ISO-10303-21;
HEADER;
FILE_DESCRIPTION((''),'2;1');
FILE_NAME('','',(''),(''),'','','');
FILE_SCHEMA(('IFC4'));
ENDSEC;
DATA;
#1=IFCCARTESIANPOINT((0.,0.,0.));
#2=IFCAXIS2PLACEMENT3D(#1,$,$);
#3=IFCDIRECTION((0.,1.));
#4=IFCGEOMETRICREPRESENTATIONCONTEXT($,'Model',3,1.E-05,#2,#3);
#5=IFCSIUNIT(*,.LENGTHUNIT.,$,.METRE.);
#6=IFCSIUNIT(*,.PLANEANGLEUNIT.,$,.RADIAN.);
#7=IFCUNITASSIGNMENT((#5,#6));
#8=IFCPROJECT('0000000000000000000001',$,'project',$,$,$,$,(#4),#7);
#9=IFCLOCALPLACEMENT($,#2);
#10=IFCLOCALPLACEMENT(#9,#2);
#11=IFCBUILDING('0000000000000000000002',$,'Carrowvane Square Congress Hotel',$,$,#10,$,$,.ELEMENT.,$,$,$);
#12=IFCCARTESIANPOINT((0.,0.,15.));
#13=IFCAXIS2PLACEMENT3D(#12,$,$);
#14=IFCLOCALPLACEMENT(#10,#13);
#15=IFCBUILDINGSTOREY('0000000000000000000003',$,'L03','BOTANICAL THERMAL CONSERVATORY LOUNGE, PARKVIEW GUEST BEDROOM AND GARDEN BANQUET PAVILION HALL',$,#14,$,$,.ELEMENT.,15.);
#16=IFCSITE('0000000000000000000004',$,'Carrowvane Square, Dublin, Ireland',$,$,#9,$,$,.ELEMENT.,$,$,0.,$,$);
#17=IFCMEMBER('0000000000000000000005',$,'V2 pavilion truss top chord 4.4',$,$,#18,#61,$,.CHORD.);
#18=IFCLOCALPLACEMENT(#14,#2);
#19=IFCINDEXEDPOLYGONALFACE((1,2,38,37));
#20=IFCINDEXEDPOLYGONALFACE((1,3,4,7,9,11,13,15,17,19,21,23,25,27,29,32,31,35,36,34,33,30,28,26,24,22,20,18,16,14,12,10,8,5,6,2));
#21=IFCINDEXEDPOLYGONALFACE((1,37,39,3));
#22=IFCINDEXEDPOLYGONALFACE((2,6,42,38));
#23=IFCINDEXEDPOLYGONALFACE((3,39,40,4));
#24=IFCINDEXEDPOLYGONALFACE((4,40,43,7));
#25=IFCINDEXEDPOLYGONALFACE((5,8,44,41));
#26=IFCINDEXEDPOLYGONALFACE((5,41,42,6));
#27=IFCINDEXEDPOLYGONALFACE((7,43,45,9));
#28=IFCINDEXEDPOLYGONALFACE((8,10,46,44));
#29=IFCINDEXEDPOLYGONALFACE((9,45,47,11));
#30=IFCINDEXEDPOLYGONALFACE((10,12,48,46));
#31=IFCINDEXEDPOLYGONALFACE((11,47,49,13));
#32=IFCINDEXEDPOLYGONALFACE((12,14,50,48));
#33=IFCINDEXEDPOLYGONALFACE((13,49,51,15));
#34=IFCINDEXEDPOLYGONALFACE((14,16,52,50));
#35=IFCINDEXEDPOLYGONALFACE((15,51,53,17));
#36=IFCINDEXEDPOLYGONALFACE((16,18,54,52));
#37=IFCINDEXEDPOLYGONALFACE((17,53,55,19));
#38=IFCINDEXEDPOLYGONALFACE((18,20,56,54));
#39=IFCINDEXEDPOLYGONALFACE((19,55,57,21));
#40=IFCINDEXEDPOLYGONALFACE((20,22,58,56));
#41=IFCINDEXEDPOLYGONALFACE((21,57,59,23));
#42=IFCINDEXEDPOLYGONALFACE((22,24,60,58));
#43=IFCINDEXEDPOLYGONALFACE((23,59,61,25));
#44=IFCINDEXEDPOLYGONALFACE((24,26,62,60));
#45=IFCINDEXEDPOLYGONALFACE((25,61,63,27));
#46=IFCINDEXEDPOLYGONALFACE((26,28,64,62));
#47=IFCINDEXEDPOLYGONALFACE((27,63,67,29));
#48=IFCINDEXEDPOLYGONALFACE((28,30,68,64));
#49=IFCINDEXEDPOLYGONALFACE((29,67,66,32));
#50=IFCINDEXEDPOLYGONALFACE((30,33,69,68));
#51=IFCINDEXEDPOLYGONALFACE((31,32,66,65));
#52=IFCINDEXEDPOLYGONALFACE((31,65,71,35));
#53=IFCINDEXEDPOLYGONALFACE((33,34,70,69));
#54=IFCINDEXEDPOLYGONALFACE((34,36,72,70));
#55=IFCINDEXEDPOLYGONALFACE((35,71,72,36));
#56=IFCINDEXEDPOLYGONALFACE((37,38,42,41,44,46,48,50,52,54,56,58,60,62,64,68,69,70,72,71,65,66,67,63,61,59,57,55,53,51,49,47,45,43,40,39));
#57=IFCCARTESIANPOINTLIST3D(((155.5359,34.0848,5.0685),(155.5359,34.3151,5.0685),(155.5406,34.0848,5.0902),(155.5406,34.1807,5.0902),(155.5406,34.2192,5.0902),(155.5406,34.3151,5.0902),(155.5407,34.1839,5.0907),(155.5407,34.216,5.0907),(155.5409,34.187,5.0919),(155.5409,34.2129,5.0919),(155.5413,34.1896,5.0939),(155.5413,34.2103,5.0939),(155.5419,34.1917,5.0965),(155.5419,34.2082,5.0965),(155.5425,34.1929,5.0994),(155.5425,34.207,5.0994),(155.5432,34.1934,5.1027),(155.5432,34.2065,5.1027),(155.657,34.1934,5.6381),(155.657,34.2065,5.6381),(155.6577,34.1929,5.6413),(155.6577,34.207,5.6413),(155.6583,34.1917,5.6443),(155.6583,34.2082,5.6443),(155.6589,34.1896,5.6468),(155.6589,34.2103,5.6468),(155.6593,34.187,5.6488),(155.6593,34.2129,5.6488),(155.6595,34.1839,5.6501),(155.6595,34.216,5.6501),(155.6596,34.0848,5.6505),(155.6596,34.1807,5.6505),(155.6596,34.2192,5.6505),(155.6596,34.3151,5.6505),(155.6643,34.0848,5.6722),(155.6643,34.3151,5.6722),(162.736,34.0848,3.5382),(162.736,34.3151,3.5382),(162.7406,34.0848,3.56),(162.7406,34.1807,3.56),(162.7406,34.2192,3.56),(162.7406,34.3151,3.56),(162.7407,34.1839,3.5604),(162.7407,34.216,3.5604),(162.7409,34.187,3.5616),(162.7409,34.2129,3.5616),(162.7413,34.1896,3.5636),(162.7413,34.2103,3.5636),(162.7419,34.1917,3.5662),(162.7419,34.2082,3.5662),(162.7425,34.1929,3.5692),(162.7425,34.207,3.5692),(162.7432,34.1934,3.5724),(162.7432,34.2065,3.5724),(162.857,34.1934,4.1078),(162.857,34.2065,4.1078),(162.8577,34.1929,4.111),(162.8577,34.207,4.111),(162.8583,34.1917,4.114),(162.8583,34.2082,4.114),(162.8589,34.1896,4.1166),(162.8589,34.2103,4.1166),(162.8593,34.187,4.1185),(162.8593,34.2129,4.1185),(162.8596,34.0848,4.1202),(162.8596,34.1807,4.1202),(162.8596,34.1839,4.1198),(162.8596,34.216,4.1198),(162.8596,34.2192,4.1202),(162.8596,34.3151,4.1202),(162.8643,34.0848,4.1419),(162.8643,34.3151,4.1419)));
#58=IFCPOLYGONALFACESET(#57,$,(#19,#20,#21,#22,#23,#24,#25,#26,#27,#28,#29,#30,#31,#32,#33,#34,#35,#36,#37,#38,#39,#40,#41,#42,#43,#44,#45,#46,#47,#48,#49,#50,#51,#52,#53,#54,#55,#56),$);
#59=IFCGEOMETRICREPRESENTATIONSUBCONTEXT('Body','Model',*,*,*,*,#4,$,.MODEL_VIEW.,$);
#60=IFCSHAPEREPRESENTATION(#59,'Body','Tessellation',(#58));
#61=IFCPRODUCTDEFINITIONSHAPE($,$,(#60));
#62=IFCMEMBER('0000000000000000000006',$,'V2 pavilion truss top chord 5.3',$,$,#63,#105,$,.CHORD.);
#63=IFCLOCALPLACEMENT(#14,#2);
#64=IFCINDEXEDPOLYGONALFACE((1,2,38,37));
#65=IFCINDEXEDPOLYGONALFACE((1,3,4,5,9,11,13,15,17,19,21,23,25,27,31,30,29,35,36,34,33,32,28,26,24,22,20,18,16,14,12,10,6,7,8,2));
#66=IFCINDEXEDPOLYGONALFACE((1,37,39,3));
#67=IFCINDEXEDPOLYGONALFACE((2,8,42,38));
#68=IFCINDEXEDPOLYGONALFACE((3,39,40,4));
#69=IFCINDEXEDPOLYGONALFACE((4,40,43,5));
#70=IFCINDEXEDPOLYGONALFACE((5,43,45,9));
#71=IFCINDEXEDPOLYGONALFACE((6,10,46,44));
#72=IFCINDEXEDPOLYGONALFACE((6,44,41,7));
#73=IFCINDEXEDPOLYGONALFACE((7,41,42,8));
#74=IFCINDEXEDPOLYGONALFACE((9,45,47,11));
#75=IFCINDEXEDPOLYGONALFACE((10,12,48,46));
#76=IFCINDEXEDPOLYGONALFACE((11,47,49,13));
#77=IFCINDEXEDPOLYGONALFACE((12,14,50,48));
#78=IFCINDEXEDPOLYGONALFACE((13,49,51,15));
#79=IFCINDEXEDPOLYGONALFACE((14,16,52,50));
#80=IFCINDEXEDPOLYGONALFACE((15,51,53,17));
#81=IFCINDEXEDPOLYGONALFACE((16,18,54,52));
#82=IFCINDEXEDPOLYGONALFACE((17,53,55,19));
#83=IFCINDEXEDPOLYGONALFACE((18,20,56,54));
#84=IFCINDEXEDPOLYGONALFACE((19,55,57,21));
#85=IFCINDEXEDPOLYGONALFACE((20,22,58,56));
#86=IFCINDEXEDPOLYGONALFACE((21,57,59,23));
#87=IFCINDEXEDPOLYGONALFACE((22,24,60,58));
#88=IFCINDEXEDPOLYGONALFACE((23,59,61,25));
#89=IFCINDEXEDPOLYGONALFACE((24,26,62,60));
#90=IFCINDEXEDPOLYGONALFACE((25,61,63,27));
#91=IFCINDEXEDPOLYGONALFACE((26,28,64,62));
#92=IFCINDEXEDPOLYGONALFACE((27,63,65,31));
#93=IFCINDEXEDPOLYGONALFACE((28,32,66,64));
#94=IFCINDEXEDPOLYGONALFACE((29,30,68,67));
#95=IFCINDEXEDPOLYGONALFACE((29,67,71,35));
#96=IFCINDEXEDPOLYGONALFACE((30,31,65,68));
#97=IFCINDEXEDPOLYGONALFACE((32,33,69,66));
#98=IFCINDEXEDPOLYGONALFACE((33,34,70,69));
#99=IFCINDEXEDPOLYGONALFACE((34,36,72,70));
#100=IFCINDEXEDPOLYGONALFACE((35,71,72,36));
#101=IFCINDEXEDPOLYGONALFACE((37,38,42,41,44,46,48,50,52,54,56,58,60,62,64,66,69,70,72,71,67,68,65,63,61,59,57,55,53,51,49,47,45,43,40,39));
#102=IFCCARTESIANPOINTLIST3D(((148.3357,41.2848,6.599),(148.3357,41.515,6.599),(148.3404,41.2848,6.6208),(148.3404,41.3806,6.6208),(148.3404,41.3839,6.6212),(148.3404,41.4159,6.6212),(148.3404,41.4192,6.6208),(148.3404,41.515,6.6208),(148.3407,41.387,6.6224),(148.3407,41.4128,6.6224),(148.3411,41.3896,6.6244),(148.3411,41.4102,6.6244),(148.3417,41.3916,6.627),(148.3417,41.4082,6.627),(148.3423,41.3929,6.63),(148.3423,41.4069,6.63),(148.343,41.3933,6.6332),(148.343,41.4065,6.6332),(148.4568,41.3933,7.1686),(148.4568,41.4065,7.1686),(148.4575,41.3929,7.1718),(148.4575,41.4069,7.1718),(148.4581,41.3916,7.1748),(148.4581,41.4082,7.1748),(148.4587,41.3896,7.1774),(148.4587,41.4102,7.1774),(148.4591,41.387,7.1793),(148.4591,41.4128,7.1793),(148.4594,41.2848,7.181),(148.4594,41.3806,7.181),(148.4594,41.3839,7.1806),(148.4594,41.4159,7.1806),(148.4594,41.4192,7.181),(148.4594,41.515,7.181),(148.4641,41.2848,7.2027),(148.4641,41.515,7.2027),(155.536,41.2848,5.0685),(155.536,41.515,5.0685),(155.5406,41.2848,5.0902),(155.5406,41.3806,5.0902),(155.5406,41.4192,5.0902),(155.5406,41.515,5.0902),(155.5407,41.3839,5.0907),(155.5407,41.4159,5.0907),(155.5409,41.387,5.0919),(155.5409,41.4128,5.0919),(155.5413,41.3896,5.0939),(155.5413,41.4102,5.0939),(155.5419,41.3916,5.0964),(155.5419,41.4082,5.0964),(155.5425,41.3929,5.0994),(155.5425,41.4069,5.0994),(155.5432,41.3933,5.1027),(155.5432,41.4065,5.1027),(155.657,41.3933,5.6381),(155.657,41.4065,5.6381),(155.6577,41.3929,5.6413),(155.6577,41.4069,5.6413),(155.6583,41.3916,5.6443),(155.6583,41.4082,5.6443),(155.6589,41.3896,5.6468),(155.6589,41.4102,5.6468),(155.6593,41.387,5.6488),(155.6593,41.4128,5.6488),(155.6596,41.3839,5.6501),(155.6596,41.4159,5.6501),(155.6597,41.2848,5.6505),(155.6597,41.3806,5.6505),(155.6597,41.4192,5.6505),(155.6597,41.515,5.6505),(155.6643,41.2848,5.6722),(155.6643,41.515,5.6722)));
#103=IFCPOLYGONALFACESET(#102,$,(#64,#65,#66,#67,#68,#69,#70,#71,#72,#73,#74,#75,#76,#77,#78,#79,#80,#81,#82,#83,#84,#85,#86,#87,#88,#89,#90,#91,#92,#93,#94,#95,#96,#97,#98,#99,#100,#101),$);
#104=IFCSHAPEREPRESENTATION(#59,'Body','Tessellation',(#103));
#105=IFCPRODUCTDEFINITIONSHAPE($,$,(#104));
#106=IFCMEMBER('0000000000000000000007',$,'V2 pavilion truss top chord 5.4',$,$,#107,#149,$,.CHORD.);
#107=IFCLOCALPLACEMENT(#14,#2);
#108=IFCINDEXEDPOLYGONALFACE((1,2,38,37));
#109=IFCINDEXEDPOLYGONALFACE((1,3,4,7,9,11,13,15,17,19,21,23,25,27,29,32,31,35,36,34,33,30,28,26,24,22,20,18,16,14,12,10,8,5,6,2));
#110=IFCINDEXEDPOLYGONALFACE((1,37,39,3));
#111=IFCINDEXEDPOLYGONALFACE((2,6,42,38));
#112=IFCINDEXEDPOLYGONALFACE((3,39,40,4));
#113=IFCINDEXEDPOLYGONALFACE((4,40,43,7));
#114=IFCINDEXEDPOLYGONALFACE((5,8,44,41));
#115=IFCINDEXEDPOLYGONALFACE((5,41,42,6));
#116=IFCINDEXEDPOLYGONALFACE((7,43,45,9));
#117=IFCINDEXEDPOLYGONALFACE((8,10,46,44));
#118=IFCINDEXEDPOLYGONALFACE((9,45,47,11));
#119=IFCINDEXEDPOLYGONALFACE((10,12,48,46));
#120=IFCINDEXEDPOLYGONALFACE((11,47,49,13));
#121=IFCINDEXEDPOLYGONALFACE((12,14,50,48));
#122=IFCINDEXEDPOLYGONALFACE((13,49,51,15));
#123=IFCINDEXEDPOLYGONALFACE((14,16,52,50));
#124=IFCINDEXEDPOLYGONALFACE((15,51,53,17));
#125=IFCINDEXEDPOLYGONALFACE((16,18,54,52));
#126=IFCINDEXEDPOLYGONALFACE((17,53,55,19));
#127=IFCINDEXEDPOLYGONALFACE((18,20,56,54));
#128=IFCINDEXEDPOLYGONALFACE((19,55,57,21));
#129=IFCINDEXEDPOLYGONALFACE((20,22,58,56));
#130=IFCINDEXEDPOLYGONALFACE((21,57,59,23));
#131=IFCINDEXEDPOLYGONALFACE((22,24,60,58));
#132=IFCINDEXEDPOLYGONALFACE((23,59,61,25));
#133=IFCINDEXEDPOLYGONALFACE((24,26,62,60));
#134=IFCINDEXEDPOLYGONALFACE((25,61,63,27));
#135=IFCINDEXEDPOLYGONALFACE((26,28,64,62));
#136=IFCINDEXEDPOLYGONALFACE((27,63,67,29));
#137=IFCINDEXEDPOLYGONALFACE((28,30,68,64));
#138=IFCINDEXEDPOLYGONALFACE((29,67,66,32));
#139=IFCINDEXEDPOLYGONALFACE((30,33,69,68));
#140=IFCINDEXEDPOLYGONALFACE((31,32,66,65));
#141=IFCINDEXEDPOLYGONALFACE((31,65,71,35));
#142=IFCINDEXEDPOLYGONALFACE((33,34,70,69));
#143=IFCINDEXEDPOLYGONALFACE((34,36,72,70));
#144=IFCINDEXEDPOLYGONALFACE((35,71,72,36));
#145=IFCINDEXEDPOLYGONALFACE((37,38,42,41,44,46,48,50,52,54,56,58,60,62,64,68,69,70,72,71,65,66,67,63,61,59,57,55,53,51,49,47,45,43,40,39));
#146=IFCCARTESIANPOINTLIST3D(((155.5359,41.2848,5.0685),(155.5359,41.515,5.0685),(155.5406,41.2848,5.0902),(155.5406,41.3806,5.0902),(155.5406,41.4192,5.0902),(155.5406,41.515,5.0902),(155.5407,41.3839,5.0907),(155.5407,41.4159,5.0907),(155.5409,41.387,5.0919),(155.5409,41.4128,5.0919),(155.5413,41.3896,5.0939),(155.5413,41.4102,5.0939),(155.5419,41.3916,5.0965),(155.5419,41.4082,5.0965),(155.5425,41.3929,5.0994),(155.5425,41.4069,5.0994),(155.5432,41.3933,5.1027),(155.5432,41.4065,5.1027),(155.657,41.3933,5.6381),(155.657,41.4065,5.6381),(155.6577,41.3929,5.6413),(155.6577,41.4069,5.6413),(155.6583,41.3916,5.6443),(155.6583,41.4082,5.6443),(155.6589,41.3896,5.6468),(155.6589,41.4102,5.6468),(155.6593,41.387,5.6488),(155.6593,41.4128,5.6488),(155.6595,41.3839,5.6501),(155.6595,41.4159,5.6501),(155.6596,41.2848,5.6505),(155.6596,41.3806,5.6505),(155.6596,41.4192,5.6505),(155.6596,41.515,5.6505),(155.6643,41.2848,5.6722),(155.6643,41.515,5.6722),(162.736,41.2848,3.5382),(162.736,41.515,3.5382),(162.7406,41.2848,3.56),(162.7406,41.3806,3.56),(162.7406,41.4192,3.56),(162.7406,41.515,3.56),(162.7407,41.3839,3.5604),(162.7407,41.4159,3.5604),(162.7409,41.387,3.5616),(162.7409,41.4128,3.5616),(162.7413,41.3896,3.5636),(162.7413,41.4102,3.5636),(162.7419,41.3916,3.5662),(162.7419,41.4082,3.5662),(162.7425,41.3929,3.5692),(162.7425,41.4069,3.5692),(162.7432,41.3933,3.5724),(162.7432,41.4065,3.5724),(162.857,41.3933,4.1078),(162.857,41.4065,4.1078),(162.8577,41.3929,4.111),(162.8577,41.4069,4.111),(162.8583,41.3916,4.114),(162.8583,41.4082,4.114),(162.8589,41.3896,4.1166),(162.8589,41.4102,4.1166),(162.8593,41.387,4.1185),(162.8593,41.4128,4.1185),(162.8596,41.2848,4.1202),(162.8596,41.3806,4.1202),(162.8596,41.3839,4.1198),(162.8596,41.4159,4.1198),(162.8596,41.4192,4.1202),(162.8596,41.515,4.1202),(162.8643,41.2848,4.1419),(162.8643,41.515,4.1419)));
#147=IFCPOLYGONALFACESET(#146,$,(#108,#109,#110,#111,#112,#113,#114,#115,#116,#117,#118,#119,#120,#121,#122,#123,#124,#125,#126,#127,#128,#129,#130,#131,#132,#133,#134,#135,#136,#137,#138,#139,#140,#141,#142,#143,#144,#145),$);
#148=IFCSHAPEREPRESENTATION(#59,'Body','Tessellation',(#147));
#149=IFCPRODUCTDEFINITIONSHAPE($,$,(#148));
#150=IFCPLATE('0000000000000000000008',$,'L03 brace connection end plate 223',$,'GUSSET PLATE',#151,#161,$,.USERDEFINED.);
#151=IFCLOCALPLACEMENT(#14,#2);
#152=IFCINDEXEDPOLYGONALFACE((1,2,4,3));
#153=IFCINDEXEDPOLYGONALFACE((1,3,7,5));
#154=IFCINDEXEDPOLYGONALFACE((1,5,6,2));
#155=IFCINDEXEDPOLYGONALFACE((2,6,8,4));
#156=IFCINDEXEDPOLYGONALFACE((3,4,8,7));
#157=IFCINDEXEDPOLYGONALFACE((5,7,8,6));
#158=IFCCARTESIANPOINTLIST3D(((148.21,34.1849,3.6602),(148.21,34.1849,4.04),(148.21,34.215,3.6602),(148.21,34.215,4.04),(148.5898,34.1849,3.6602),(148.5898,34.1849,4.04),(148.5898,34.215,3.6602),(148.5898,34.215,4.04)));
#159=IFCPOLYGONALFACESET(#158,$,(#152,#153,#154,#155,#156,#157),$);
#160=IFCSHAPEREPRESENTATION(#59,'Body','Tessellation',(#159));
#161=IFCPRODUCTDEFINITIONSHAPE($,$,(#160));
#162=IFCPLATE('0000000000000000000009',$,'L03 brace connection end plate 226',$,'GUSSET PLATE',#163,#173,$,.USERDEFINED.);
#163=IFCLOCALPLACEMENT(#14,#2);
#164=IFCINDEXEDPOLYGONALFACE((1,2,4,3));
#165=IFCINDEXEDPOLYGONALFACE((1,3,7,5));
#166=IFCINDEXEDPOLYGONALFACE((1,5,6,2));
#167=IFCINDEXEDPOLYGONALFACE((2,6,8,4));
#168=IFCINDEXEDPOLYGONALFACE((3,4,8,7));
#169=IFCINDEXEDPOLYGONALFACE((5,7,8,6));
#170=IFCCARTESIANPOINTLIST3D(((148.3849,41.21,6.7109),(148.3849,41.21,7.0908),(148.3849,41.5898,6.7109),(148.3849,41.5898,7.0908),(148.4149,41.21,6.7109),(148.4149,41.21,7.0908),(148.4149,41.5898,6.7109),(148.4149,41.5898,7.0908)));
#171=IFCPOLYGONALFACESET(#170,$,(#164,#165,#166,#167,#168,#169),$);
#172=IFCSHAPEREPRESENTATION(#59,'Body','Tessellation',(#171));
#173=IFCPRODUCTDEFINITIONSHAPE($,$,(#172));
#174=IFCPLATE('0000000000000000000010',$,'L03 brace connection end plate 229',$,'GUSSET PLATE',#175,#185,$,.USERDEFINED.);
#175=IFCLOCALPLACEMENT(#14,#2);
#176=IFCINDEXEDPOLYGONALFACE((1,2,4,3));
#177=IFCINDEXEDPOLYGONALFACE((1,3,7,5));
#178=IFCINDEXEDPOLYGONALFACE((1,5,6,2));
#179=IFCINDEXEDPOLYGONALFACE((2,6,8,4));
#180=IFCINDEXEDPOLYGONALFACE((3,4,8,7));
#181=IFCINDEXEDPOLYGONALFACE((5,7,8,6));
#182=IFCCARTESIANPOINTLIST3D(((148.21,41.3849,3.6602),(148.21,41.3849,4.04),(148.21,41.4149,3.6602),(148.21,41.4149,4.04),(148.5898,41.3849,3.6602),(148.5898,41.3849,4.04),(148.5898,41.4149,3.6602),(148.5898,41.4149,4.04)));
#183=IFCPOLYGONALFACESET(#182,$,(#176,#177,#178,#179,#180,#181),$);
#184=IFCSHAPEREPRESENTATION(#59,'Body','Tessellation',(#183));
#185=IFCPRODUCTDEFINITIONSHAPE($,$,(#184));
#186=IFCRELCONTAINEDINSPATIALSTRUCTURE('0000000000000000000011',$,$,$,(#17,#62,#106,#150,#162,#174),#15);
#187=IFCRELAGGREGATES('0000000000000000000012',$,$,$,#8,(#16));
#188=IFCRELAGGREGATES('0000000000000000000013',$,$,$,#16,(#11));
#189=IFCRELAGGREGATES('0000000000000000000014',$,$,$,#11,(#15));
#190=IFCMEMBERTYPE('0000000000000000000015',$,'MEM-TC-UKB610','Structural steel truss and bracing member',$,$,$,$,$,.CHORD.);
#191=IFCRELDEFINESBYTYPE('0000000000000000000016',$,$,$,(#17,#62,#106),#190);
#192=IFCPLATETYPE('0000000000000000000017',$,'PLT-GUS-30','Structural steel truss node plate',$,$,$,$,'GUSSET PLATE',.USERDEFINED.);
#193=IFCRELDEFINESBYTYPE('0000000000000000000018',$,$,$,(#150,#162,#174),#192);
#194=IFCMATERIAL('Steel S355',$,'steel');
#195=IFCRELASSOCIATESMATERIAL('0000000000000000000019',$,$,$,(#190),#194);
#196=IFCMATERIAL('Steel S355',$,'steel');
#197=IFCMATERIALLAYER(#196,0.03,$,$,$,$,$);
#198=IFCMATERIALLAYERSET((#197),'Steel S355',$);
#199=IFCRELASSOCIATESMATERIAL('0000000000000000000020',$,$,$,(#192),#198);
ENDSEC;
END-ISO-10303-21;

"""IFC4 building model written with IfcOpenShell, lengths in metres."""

from ifc_helpers import new_model, si_unit, direction, frame, origin, origin_2d, place, context, subcontext, project, spatial, rectangle, i_section, extrude, material, layer, layer_set, material_profile, profile_set, type_object, element, save


model = new_model("IFC4")

# Units and contexts
model_context = context("Model", 3, precision=1e-05, world=origin(), true_north=direction((0.0, 1.0)))
body_context = subcontext(model_context, "Body", "Model", "MODEL_VIEW")
ifc_project = project(units=[si_unit("LENGTHUNIT", "METRE"), si_unit("PLANEANGLEUNIT", "RADIAN")], contexts=[model_context])

# Site, building, storey
site_placement = place(None, origin())
site = spatial("IfcSite", under=ifc_project, at=site_placement, Name="Carrowvane Square, Dublin, Ireland", CompositionType="ELEMENT", RefElevation=0.0)
building_placement = place(site_placement, origin())
building = spatial("IfcBuilding", under=site, at=building_placement, Name="Carrowvane Square Congress Hotel", CompositionType="ELEMENT")
storey_placement = place(building_placement, frame((0.0, 0.0, 15.0)))
storey = spatial("IfcBuildingStorey", under=building, at=storey_placement, Name="L03", Description="BOTANICAL THERMAL CONSERVATORY LOUNGE, PARKVIEW GUEST BEDROOM AND GARDEN BANQUET PAVILION HALL", CompositionType="ELEMENT", Elevation=15.0)

# Members
ifc_material_1 = material(Name="Steel S355", Category="steel")
ifc_material_profile_1 = material_profile(ifc_material_1, i_section(OverallWidth=0.2302, OverallDepth=0.6172, WebThickness=0.0132, FlangeThickness=0.0222, FilletRadius=0.0127, at=origin_2d()), Name="UKB 610x229x140")
ifc_profile_set_1 = profile_set([ifc_material_profile_1], Name="Steel S355")
member_type_1 = type_object("IfcMemberType", Name="MEM-TC-UKB610", Description="Structural steel truss and bracing member", PredefinedType="CHORD", material=ifc_profile_set_1)
member_1_placement = place(storey_placement, frame((155.6001, 34.2, 5.3704), z_axis=(0.978151, 0.0, -0.207896), x_axis=(0.0, 1.0, 0.0)))
element("IfcMember", 1, at=member_1_placement, inside=storey, type_object=member_type_1, Name="V2 pavilion truss top chord 4.4", PredefinedType="CHORD", context=body_context, shape_type="SweptSolid", body=[
    extrude(i_section(OverallWidth=0.2302, OverallDepth=0.6172, WebThickness=0.0132, FlangeThickness=0.0222, FilletRadius=0.0127, at=origin_2d()), origin(), (0.0, 0.0, 1.0), 7.3608),
])
member_2_placement = place(storey_placement, frame((148.3999, 41.3999, 6.9009), z_axis=(0.978146, 0.0, -0.207921), x_axis=(0.0, 1.0, 0.0)))
element("IfcMember", 2, at=member_2_placement, inside=storey, type_object=member_type_1, Name="V2 pavilion truss top chord 5.3", PredefinedType="CHORD", context=body_context, shape_type="SweptSolid", body=[
    extrude(i_section(OverallWidth=0.2302, OverallDepth=0.6172, WebThickness=0.0132, FlangeThickness=0.0222, FilletRadius=0.0127, at=origin_2d()), origin(), (0.0, 0.0, 1.0), 7.3611),
])
member_3_placement = place(storey_placement, frame((155.6001, 41.3999, 5.3704), z_axis=(0.978151, 0.0, -0.207896), x_axis=(0.0, 1.0, 0.0)))
element("IfcMember", 3, at=member_3_placement, inside=storey, type_object=member_type_1, Name="V2 pavilion truss top chord 5.4", PredefinedType="CHORD", context=body_context, shape_type="SweptSolid", body=[
    extrude(i_section(OverallWidth=0.2302, OverallDepth=0.6172, WebThickness=0.0132, FlangeThickness=0.0222, FilletRadius=0.0127, at=origin_2d()), origin(), (0.0, 0.0, 1.0), 7.3608),
])

# Plates
ifc_material_2 = material(Name="Steel S355", Category="steel")
ifc_layer_1 = layer(ifc_material_2, 0.03)
ifc_layer_set_1 = layer_set([ifc_layer_1], Name="Steel S355")
plate_type_1 = type_object("IfcPlateType", Name="PLT-GUS-30", Description="Structural steel truss node plate", ElementType="GUSSET PLATE", PredefinedType="USERDEFINED", material=ifc_layer_set_1)
plate_1_placement = place(storey_placement, frame((148.3999, 34.2, 3.6602), z_axis=(0.0, 0.0, 1.0), x_axis=(1.0, 0.0, 0.0)))
element("IfcPlate", 4, at=plate_1_placement, inside=storey, type_object=plate_type_1, Name="L03 brace connection end plate 223", ObjectType="GUSSET PLATE", PredefinedType="USERDEFINED", context=body_context, shape_type="SweptSolid", body=[
    extrude(rectangle(XDim=0.3799, YDim=0.03, at=origin_2d()), origin(), (0.0, 0.0, 1.0), 0.3799),
])
plate_2_placement = place(storey_placement, frame((148.3999, 41.3999, 6.7109), z_axis=(0.0, 0.0, 1.0), x_axis=(1.0, 0.0, 0.0)))
element("IfcPlate", 5, at=plate_2_placement, inside=storey, type_object=plate_type_1, Name="L03 brace connection end plate 226", ObjectType="GUSSET PLATE", PredefinedType="USERDEFINED", context=body_context, shape_type="SweptSolid", body=[
    extrude(rectangle(XDim=0.03, YDim=0.3799, at=origin_2d()), origin(), (0.0, 0.0, 1.0), 0.3799),
])
plate_3_placement = place(storey_placement, frame((148.3999, 41.3999, 3.6602), z_axis=(0.0, 0.0, 1.0), x_axis=(1.0, 0.0, 0.0)))
element("IfcPlate", 6, at=plate_3_placement, inside=storey, type_object=plate_type_1, Name="L03 brace connection end plate 229", ObjectType="GUSSET PLATE", PredefinedType="USERDEFINED", context=body_context, shape_type="SweptSolid", body=[
    extrude(rectangle(XDim=0.3799, YDim=0.03, at=origin_2d()), origin(), (0.0, 0.0, 1.0), 0.3799),
])

save(model, "model.ifc")
